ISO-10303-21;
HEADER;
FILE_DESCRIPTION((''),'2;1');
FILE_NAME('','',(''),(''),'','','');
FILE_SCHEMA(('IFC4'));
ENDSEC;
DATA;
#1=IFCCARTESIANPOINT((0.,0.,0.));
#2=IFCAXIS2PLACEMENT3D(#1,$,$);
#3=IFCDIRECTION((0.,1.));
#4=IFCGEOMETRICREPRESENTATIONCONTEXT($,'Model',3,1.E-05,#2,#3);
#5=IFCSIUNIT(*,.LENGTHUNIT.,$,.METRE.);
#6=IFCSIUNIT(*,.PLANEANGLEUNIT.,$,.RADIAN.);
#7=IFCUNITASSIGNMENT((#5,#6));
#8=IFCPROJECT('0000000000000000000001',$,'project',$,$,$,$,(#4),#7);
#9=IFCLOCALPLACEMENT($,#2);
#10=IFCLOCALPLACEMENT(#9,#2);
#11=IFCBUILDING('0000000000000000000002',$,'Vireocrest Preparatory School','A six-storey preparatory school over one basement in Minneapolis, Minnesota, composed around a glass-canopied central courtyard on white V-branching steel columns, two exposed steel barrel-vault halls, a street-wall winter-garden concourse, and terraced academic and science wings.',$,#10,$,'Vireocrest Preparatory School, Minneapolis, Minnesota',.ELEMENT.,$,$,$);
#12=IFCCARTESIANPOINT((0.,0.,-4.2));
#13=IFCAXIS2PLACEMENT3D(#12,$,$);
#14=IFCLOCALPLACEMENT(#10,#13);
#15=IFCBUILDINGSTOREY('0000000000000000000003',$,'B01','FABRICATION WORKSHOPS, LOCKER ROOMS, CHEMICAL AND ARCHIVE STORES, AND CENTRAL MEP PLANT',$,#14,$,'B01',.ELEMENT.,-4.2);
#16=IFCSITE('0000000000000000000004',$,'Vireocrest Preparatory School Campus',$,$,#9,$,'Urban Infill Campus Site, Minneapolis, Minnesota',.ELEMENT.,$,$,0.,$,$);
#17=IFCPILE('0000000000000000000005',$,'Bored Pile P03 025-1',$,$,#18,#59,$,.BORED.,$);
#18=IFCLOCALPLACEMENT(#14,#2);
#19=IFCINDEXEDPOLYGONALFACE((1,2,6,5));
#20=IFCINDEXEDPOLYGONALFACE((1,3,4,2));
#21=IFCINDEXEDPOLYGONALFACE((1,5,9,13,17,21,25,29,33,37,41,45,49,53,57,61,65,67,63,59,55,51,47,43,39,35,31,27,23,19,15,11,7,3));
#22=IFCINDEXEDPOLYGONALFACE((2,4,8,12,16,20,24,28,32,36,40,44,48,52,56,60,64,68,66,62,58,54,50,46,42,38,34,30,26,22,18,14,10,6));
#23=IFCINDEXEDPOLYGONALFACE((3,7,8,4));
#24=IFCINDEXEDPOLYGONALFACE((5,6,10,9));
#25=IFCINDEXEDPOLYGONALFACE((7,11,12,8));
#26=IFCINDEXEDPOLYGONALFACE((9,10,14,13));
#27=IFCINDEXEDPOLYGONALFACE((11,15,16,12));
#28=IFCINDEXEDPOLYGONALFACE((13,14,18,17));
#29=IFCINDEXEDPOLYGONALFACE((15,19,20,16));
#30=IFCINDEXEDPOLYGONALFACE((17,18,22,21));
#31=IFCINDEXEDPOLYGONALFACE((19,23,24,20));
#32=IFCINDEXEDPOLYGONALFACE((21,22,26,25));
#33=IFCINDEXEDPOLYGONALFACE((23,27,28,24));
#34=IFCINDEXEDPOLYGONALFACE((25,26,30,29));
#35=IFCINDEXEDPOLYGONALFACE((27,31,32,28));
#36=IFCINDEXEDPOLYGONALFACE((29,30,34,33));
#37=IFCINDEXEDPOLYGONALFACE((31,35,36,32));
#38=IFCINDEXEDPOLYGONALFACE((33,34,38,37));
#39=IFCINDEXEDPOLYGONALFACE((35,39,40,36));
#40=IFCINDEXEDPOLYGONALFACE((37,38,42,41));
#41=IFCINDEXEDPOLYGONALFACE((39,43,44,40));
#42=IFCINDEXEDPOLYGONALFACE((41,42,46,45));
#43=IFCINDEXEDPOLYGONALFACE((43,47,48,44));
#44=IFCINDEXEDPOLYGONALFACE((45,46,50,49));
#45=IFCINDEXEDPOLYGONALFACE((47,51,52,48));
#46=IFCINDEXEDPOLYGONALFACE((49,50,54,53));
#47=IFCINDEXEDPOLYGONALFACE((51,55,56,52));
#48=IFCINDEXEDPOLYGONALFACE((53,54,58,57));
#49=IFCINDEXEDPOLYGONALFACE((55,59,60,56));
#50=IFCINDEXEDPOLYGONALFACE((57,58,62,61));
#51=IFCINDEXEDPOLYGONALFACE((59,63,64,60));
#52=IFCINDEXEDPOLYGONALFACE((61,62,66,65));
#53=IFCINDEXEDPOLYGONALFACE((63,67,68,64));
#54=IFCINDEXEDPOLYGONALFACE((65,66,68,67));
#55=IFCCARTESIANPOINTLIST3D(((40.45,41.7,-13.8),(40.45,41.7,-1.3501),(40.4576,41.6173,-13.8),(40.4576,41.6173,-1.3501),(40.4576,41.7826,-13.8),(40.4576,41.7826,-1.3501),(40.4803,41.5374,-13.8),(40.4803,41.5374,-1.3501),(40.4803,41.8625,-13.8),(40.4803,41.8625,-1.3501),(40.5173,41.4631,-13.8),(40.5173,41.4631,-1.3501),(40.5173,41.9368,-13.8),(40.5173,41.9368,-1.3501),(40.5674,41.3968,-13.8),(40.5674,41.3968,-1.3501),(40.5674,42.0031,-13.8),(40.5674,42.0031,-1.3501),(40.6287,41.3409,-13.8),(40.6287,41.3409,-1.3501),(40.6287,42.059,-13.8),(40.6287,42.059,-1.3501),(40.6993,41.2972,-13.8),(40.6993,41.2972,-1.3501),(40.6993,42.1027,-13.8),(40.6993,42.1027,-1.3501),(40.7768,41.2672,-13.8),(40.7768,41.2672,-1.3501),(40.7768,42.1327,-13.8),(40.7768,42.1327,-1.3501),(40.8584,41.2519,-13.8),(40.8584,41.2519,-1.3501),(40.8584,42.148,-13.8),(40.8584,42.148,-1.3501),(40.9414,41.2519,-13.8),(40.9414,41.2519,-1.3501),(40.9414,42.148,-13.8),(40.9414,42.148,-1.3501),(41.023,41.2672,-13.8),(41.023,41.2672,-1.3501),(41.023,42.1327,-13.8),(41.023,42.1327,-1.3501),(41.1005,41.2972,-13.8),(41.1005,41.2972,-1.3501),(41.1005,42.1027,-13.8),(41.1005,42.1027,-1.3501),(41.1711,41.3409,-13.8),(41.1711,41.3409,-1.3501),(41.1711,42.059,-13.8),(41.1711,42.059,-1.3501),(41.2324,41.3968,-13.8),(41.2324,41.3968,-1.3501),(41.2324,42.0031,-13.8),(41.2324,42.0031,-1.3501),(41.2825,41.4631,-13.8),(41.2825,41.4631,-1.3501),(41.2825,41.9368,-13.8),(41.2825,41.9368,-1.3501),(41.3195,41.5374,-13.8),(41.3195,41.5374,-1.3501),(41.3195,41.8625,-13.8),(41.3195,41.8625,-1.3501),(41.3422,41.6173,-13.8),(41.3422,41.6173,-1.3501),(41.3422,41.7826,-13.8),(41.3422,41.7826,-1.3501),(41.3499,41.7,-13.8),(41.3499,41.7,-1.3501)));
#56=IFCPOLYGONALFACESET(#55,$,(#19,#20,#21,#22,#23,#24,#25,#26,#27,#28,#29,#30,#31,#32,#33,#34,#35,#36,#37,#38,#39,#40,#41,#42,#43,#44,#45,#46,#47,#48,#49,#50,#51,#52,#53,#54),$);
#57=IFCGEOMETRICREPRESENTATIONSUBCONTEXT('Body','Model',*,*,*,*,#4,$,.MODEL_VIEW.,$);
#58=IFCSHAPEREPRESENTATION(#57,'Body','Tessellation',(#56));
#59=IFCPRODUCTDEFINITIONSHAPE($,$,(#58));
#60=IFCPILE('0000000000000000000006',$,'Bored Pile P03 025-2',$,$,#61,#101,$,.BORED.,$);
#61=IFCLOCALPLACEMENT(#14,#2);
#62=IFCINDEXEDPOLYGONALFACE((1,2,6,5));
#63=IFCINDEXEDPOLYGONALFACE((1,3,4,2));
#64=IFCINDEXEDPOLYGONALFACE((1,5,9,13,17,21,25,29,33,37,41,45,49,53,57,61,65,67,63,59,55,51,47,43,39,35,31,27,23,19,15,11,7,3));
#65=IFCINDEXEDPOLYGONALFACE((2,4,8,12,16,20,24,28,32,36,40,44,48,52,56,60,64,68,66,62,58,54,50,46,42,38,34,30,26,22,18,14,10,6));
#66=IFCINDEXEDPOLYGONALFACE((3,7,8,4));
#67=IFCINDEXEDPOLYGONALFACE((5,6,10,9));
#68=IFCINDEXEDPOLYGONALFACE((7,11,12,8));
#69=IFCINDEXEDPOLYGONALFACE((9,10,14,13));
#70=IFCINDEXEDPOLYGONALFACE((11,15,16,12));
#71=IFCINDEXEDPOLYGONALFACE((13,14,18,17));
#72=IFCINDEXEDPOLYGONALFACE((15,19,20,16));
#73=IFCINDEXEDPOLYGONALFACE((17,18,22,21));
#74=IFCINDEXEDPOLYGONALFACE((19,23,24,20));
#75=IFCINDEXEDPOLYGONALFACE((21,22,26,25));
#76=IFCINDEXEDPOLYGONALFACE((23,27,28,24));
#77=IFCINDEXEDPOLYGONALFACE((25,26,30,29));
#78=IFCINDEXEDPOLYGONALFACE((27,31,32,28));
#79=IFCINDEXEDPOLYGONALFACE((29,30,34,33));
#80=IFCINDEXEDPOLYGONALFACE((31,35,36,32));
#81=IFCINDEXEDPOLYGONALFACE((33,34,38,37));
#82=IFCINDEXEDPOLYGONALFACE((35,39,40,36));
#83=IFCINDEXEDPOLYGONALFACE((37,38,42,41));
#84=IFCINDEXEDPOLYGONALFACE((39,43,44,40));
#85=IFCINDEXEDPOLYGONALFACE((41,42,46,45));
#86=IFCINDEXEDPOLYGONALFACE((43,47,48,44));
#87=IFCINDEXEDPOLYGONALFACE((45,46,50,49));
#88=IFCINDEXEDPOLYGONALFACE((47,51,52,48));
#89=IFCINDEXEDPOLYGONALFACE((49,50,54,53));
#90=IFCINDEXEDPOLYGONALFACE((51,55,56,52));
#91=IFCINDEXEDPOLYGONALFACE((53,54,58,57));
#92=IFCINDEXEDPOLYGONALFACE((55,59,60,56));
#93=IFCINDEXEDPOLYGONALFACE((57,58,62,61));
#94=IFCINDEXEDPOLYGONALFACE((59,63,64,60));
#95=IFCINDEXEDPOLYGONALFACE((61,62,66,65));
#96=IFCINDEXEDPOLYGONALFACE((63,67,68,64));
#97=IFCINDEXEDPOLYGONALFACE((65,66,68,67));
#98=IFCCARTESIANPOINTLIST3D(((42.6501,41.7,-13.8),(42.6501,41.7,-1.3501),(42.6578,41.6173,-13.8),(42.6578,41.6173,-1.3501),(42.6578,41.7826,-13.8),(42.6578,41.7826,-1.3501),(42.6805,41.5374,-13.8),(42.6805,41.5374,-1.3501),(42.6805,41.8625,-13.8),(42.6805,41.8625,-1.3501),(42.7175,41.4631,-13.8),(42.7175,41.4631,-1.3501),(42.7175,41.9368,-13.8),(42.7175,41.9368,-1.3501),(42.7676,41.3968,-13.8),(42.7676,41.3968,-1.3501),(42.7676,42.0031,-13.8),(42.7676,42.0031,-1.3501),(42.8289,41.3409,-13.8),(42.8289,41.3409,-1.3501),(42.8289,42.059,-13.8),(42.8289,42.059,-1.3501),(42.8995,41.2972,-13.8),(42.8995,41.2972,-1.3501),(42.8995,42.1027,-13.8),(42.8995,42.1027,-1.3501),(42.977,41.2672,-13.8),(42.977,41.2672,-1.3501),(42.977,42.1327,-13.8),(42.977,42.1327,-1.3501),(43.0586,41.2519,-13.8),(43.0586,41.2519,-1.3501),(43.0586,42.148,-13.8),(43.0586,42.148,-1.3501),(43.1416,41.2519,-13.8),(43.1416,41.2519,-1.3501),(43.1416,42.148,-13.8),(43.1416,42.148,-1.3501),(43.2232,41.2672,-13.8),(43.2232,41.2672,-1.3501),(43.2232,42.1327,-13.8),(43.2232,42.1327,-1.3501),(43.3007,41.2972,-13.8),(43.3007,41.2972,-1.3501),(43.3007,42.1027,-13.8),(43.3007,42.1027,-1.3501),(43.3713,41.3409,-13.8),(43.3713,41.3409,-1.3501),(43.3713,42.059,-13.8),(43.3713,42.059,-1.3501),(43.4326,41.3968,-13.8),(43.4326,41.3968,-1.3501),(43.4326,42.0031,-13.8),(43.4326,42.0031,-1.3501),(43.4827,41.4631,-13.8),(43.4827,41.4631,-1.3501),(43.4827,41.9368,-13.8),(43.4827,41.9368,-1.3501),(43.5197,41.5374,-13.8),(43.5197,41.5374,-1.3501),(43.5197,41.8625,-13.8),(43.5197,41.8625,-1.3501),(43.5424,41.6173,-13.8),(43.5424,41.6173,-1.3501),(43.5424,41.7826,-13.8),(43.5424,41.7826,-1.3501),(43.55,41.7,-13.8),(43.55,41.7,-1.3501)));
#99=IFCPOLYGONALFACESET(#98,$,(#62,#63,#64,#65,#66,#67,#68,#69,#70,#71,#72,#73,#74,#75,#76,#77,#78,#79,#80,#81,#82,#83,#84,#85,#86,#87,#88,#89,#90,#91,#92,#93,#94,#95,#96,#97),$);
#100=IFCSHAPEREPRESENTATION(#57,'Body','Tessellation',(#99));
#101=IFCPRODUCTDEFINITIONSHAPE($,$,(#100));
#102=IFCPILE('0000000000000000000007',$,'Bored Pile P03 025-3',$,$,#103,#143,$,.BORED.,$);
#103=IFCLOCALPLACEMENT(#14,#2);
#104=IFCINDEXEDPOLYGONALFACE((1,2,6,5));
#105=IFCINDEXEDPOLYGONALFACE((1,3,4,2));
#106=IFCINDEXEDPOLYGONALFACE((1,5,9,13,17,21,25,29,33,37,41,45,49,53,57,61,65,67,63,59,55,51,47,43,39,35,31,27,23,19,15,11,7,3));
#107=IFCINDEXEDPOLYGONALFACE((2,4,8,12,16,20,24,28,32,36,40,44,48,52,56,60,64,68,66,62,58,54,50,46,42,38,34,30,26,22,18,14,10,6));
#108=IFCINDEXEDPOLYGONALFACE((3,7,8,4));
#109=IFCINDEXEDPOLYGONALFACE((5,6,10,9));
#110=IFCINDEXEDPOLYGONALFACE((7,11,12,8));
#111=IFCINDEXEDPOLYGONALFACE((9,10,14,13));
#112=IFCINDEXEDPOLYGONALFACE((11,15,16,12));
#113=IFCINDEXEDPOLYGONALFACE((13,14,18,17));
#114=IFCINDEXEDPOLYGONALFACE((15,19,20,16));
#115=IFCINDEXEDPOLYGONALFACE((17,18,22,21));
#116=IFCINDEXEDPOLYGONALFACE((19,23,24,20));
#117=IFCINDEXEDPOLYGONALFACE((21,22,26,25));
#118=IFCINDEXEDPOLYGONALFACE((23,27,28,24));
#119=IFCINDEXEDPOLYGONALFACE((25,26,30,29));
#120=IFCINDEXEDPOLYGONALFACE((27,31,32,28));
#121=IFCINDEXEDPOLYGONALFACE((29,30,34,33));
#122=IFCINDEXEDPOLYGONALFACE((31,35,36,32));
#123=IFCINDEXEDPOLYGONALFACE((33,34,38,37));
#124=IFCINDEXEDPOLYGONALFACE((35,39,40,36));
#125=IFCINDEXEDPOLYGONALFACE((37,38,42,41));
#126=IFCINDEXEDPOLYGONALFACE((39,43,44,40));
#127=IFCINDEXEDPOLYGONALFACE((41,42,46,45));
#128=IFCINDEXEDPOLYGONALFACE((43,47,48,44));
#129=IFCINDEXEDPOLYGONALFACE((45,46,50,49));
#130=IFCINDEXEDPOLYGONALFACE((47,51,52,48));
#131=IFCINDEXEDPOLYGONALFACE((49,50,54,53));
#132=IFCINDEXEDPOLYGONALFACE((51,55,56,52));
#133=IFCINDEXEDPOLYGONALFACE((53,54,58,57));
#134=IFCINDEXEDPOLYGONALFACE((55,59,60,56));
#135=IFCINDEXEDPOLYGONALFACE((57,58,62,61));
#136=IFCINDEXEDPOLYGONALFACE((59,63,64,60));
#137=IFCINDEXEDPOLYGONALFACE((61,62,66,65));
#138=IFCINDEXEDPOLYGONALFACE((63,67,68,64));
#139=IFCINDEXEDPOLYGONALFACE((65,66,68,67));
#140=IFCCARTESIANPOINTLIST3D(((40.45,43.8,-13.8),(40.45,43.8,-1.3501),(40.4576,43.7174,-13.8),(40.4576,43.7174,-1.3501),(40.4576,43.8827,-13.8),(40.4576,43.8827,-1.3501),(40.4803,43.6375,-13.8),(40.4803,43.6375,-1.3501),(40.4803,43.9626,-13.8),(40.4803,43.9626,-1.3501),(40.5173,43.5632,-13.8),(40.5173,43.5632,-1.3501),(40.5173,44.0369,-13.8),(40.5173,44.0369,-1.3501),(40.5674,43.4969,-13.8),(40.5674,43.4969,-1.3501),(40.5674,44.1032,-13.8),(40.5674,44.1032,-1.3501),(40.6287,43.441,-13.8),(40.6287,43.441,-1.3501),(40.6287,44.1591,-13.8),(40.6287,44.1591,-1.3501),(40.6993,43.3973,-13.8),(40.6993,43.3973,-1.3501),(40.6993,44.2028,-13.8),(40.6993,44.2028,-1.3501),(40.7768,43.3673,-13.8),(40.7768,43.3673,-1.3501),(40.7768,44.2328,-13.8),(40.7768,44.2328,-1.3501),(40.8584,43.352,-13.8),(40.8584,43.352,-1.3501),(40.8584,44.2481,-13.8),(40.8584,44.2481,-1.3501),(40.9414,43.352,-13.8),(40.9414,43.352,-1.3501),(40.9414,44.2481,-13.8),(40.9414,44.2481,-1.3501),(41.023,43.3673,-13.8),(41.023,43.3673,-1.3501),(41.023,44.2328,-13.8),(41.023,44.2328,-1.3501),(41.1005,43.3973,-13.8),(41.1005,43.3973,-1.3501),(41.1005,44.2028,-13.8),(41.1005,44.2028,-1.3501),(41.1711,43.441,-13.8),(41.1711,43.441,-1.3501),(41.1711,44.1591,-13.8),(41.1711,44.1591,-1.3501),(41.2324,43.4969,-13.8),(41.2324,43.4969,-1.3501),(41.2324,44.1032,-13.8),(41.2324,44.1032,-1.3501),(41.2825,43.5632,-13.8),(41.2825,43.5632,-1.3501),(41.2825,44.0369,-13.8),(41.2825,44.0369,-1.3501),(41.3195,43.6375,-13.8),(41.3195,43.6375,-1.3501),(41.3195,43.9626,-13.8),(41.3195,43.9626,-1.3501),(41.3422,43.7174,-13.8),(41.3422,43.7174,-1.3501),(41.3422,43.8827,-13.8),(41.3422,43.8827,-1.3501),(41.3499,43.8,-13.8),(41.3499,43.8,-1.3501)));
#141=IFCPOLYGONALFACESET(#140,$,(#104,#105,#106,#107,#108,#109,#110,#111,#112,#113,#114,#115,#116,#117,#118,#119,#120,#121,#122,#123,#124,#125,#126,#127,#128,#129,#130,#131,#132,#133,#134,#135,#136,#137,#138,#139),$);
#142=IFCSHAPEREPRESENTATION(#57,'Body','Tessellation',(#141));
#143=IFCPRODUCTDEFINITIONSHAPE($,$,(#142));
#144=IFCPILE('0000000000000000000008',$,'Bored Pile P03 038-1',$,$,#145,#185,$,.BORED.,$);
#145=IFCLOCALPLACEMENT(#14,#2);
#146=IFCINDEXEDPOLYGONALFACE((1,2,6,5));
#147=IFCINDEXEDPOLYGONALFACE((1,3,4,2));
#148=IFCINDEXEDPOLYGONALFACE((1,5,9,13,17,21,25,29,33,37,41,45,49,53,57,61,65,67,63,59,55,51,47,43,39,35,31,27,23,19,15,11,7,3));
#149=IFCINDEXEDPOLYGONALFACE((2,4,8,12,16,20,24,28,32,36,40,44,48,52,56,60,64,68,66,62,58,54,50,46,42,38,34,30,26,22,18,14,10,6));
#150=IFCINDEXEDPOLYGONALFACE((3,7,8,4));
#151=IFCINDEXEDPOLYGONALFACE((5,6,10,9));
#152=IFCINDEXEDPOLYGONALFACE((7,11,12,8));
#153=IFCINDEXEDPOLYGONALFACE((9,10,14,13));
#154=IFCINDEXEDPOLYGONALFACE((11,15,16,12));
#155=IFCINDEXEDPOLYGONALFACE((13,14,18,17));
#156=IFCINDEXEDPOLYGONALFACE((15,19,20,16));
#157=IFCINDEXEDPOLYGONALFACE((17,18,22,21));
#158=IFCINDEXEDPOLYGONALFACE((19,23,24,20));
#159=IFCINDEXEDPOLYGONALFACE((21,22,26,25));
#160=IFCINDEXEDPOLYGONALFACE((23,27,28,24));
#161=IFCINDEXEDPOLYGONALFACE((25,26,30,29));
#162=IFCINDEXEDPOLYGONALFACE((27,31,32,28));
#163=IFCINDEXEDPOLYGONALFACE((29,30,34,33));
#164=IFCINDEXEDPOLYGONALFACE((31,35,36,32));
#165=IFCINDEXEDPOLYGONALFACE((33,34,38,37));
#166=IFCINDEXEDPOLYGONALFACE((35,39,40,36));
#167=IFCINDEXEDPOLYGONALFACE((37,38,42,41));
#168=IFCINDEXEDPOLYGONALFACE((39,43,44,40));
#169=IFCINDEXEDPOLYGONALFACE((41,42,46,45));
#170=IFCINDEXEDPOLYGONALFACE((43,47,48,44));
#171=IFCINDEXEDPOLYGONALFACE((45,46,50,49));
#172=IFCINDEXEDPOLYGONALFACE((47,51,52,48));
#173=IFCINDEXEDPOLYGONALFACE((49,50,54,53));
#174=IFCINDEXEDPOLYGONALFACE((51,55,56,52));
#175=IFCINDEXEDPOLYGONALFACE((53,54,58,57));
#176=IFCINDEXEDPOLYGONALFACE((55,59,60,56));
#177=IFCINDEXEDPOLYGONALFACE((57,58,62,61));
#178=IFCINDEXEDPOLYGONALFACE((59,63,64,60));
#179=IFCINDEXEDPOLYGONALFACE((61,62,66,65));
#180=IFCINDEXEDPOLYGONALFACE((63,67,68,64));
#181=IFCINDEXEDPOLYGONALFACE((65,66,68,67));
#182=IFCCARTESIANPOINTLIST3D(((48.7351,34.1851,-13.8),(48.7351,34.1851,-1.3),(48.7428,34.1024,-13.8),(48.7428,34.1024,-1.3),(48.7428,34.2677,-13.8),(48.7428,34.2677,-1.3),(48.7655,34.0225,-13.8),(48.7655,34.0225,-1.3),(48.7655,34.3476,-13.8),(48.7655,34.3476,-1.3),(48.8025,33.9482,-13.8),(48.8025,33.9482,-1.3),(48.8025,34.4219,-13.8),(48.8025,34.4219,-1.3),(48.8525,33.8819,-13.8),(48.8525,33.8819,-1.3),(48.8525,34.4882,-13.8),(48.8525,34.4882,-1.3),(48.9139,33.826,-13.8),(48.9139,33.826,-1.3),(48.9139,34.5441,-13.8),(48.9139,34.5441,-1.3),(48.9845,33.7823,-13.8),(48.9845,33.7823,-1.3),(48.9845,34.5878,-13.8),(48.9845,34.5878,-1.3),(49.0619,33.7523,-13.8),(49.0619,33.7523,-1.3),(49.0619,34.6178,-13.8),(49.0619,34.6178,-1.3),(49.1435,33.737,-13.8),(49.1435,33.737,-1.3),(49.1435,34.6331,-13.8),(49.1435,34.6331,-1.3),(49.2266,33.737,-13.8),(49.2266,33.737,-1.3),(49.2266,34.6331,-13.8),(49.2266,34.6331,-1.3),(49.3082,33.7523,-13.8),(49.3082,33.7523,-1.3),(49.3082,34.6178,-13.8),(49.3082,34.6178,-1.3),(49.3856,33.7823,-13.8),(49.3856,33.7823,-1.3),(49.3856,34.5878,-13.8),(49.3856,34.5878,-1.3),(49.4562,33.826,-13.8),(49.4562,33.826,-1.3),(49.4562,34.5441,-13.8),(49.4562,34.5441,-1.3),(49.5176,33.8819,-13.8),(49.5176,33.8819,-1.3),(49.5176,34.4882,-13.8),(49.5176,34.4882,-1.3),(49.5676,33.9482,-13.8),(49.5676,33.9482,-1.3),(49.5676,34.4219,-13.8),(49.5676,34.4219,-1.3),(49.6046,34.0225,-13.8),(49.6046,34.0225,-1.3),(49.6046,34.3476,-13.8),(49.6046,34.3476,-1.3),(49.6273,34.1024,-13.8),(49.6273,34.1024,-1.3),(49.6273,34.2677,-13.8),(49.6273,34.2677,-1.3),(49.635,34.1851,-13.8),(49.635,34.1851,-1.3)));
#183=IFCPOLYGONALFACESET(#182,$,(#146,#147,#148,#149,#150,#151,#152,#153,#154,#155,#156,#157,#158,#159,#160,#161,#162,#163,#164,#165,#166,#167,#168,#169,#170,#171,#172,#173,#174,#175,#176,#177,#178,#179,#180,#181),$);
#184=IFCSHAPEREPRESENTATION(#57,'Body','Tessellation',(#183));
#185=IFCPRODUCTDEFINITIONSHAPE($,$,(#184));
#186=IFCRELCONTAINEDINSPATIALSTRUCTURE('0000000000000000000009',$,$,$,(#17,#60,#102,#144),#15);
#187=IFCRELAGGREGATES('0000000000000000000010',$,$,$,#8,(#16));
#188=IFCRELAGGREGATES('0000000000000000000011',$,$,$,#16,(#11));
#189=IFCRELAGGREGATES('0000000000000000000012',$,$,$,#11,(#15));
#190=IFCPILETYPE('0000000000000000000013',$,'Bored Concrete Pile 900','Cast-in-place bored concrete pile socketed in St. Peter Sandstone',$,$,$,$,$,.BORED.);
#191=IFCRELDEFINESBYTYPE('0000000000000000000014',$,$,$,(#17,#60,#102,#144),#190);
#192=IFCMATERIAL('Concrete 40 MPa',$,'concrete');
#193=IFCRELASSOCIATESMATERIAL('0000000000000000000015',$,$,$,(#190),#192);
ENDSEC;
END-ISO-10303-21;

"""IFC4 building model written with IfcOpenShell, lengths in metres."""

from ifc_helpers import new_model, si_unit, direction, frame, origin, origin_2d, place, context, subcontext, project, spatial, circle, extrude, material, material_profile, profile_set, type_object, element, save


model = new_model("IFC4")

# Units and contexts
model_context = context("Model", 3, precision=1e-05, world=origin(), true_north=direction((0.0, 1.0)))
body_context = subcontext(model_context, "Body", "Model", "MODEL_VIEW")
ifc_project = project(units=[si_unit("LENGTHUNIT", "METRE"), si_unit("PLANEANGLEUNIT", "RADIAN")], contexts=[model_context])

# Site, building, storey
site_placement = place(None, origin())
site = spatial("IfcSite", under=ifc_project, at=site_placement, Name="Vireocrest Preparatory School Campus", LongName="Urban Infill Campus Site, Minneapolis, Minnesota", CompositionType="ELEMENT", RefElevation=0.0)
building_placement = place(site_placement, origin())
building = spatial("IfcBuilding", under=site, at=building_placement, Name="Vireocrest Preparatory School", Description="A six-storey preparatory school over one basement in Minneapolis, Minnesota, composed around a glass-canopied central courtyard on white V-branching steel columns, two exposed steel barrel-vault halls, a street-wall winter-garden concourse, and terraced academic and science wings.", LongName="Vireocrest Preparatory School, Minneapolis, Minnesota", CompositionType="ELEMENT")
storey_placement = place(building_placement, frame((0.0, 0.0, -4.2)))
storey = spatial("IfcBuildingStorey", under=building, at=storey_placement, Name="B01", Description="FABRICATION WORKSHOPS, LOCKER ROOMS, CHEMICAL AND ARCHIVE STORES, AND CENTRAL MEP PLANT", LongName="B01", CompositionType="ELEMENT", Elevation=-4.2)

# Piles
ifc_material_1 = material(Name="Concrete 40 MPa", Category="concrete")
ifc_material_profile_1 = material_profile(ifc_material_1, circle(Radius=0.45, at=origin_2d()), Name="BORED PILE 900")
ifc_profile_set_1 = profile_set([ifc_material_profile_1], Name="Concrete 40 MPa")
pile_type = type_object("IfcPileType", Name="Bored Concrete Pile 900", Description="Cast-in-place bored concrete pile socketed in St. Peter Sandstone", PredefinedType="BORED", material=ifc_profile_set_1)
for number, where, z_axis, x_axis, name in (
    (1, (40.8999, 41.7, -1.3501), (0.0, 0.0, -1.0), (1.0, 0.0, 0.0), "Bored Pile P03 025-1"),
    (2, (43.1001, 41.7, -1.3501), (0.0, 0.0, -1.0), (1.0, 0.0, 0.0), "Bored Pile P03 025-2"),
    (3, (40.8999, 43.8, -1.3501), (0.0, 0.0, -1.0), (1.0, 0.0, 0.0), "Bored Pile P03 025-3"),
):
    element("IfcPile", number, at=place(storey_placement, frame(where, z_axis=z_axis, x_axis=x_axis)), inside=storey, type_object=pile_type, Name=name, PredefinedType="BORED", context=body_context, shape_type="SweptSolid", body=[
        extrude(circle(Radius=0.45, at=origin_2d()), origin(), (0.0, 0.0, 1.0), 12.45),
    ])
for number, where, z_axis, x_axis, name in (
    (4, (49.1851, 34.1851, -1.3), (0.0, 0.0, -1.0), (1.0, 0.0, 0.0), "Bored Pile P03 038-1"),
):
    element("IfcPile", number, at=place(storey_placement, frame(where, z_axis=z_axis, x_axis=x_axis)), inside=storey, type_object=pile_type, Name=name, PredefinedType="BORED", context=body_context, shape_type="SweptSolid", body=[
        extrude(circle(Radius=0.45, at=origin_2d()), origin(), (0.0, 0.0, 1.0), 12.5),
    ])

save(model, "model.ifc")
